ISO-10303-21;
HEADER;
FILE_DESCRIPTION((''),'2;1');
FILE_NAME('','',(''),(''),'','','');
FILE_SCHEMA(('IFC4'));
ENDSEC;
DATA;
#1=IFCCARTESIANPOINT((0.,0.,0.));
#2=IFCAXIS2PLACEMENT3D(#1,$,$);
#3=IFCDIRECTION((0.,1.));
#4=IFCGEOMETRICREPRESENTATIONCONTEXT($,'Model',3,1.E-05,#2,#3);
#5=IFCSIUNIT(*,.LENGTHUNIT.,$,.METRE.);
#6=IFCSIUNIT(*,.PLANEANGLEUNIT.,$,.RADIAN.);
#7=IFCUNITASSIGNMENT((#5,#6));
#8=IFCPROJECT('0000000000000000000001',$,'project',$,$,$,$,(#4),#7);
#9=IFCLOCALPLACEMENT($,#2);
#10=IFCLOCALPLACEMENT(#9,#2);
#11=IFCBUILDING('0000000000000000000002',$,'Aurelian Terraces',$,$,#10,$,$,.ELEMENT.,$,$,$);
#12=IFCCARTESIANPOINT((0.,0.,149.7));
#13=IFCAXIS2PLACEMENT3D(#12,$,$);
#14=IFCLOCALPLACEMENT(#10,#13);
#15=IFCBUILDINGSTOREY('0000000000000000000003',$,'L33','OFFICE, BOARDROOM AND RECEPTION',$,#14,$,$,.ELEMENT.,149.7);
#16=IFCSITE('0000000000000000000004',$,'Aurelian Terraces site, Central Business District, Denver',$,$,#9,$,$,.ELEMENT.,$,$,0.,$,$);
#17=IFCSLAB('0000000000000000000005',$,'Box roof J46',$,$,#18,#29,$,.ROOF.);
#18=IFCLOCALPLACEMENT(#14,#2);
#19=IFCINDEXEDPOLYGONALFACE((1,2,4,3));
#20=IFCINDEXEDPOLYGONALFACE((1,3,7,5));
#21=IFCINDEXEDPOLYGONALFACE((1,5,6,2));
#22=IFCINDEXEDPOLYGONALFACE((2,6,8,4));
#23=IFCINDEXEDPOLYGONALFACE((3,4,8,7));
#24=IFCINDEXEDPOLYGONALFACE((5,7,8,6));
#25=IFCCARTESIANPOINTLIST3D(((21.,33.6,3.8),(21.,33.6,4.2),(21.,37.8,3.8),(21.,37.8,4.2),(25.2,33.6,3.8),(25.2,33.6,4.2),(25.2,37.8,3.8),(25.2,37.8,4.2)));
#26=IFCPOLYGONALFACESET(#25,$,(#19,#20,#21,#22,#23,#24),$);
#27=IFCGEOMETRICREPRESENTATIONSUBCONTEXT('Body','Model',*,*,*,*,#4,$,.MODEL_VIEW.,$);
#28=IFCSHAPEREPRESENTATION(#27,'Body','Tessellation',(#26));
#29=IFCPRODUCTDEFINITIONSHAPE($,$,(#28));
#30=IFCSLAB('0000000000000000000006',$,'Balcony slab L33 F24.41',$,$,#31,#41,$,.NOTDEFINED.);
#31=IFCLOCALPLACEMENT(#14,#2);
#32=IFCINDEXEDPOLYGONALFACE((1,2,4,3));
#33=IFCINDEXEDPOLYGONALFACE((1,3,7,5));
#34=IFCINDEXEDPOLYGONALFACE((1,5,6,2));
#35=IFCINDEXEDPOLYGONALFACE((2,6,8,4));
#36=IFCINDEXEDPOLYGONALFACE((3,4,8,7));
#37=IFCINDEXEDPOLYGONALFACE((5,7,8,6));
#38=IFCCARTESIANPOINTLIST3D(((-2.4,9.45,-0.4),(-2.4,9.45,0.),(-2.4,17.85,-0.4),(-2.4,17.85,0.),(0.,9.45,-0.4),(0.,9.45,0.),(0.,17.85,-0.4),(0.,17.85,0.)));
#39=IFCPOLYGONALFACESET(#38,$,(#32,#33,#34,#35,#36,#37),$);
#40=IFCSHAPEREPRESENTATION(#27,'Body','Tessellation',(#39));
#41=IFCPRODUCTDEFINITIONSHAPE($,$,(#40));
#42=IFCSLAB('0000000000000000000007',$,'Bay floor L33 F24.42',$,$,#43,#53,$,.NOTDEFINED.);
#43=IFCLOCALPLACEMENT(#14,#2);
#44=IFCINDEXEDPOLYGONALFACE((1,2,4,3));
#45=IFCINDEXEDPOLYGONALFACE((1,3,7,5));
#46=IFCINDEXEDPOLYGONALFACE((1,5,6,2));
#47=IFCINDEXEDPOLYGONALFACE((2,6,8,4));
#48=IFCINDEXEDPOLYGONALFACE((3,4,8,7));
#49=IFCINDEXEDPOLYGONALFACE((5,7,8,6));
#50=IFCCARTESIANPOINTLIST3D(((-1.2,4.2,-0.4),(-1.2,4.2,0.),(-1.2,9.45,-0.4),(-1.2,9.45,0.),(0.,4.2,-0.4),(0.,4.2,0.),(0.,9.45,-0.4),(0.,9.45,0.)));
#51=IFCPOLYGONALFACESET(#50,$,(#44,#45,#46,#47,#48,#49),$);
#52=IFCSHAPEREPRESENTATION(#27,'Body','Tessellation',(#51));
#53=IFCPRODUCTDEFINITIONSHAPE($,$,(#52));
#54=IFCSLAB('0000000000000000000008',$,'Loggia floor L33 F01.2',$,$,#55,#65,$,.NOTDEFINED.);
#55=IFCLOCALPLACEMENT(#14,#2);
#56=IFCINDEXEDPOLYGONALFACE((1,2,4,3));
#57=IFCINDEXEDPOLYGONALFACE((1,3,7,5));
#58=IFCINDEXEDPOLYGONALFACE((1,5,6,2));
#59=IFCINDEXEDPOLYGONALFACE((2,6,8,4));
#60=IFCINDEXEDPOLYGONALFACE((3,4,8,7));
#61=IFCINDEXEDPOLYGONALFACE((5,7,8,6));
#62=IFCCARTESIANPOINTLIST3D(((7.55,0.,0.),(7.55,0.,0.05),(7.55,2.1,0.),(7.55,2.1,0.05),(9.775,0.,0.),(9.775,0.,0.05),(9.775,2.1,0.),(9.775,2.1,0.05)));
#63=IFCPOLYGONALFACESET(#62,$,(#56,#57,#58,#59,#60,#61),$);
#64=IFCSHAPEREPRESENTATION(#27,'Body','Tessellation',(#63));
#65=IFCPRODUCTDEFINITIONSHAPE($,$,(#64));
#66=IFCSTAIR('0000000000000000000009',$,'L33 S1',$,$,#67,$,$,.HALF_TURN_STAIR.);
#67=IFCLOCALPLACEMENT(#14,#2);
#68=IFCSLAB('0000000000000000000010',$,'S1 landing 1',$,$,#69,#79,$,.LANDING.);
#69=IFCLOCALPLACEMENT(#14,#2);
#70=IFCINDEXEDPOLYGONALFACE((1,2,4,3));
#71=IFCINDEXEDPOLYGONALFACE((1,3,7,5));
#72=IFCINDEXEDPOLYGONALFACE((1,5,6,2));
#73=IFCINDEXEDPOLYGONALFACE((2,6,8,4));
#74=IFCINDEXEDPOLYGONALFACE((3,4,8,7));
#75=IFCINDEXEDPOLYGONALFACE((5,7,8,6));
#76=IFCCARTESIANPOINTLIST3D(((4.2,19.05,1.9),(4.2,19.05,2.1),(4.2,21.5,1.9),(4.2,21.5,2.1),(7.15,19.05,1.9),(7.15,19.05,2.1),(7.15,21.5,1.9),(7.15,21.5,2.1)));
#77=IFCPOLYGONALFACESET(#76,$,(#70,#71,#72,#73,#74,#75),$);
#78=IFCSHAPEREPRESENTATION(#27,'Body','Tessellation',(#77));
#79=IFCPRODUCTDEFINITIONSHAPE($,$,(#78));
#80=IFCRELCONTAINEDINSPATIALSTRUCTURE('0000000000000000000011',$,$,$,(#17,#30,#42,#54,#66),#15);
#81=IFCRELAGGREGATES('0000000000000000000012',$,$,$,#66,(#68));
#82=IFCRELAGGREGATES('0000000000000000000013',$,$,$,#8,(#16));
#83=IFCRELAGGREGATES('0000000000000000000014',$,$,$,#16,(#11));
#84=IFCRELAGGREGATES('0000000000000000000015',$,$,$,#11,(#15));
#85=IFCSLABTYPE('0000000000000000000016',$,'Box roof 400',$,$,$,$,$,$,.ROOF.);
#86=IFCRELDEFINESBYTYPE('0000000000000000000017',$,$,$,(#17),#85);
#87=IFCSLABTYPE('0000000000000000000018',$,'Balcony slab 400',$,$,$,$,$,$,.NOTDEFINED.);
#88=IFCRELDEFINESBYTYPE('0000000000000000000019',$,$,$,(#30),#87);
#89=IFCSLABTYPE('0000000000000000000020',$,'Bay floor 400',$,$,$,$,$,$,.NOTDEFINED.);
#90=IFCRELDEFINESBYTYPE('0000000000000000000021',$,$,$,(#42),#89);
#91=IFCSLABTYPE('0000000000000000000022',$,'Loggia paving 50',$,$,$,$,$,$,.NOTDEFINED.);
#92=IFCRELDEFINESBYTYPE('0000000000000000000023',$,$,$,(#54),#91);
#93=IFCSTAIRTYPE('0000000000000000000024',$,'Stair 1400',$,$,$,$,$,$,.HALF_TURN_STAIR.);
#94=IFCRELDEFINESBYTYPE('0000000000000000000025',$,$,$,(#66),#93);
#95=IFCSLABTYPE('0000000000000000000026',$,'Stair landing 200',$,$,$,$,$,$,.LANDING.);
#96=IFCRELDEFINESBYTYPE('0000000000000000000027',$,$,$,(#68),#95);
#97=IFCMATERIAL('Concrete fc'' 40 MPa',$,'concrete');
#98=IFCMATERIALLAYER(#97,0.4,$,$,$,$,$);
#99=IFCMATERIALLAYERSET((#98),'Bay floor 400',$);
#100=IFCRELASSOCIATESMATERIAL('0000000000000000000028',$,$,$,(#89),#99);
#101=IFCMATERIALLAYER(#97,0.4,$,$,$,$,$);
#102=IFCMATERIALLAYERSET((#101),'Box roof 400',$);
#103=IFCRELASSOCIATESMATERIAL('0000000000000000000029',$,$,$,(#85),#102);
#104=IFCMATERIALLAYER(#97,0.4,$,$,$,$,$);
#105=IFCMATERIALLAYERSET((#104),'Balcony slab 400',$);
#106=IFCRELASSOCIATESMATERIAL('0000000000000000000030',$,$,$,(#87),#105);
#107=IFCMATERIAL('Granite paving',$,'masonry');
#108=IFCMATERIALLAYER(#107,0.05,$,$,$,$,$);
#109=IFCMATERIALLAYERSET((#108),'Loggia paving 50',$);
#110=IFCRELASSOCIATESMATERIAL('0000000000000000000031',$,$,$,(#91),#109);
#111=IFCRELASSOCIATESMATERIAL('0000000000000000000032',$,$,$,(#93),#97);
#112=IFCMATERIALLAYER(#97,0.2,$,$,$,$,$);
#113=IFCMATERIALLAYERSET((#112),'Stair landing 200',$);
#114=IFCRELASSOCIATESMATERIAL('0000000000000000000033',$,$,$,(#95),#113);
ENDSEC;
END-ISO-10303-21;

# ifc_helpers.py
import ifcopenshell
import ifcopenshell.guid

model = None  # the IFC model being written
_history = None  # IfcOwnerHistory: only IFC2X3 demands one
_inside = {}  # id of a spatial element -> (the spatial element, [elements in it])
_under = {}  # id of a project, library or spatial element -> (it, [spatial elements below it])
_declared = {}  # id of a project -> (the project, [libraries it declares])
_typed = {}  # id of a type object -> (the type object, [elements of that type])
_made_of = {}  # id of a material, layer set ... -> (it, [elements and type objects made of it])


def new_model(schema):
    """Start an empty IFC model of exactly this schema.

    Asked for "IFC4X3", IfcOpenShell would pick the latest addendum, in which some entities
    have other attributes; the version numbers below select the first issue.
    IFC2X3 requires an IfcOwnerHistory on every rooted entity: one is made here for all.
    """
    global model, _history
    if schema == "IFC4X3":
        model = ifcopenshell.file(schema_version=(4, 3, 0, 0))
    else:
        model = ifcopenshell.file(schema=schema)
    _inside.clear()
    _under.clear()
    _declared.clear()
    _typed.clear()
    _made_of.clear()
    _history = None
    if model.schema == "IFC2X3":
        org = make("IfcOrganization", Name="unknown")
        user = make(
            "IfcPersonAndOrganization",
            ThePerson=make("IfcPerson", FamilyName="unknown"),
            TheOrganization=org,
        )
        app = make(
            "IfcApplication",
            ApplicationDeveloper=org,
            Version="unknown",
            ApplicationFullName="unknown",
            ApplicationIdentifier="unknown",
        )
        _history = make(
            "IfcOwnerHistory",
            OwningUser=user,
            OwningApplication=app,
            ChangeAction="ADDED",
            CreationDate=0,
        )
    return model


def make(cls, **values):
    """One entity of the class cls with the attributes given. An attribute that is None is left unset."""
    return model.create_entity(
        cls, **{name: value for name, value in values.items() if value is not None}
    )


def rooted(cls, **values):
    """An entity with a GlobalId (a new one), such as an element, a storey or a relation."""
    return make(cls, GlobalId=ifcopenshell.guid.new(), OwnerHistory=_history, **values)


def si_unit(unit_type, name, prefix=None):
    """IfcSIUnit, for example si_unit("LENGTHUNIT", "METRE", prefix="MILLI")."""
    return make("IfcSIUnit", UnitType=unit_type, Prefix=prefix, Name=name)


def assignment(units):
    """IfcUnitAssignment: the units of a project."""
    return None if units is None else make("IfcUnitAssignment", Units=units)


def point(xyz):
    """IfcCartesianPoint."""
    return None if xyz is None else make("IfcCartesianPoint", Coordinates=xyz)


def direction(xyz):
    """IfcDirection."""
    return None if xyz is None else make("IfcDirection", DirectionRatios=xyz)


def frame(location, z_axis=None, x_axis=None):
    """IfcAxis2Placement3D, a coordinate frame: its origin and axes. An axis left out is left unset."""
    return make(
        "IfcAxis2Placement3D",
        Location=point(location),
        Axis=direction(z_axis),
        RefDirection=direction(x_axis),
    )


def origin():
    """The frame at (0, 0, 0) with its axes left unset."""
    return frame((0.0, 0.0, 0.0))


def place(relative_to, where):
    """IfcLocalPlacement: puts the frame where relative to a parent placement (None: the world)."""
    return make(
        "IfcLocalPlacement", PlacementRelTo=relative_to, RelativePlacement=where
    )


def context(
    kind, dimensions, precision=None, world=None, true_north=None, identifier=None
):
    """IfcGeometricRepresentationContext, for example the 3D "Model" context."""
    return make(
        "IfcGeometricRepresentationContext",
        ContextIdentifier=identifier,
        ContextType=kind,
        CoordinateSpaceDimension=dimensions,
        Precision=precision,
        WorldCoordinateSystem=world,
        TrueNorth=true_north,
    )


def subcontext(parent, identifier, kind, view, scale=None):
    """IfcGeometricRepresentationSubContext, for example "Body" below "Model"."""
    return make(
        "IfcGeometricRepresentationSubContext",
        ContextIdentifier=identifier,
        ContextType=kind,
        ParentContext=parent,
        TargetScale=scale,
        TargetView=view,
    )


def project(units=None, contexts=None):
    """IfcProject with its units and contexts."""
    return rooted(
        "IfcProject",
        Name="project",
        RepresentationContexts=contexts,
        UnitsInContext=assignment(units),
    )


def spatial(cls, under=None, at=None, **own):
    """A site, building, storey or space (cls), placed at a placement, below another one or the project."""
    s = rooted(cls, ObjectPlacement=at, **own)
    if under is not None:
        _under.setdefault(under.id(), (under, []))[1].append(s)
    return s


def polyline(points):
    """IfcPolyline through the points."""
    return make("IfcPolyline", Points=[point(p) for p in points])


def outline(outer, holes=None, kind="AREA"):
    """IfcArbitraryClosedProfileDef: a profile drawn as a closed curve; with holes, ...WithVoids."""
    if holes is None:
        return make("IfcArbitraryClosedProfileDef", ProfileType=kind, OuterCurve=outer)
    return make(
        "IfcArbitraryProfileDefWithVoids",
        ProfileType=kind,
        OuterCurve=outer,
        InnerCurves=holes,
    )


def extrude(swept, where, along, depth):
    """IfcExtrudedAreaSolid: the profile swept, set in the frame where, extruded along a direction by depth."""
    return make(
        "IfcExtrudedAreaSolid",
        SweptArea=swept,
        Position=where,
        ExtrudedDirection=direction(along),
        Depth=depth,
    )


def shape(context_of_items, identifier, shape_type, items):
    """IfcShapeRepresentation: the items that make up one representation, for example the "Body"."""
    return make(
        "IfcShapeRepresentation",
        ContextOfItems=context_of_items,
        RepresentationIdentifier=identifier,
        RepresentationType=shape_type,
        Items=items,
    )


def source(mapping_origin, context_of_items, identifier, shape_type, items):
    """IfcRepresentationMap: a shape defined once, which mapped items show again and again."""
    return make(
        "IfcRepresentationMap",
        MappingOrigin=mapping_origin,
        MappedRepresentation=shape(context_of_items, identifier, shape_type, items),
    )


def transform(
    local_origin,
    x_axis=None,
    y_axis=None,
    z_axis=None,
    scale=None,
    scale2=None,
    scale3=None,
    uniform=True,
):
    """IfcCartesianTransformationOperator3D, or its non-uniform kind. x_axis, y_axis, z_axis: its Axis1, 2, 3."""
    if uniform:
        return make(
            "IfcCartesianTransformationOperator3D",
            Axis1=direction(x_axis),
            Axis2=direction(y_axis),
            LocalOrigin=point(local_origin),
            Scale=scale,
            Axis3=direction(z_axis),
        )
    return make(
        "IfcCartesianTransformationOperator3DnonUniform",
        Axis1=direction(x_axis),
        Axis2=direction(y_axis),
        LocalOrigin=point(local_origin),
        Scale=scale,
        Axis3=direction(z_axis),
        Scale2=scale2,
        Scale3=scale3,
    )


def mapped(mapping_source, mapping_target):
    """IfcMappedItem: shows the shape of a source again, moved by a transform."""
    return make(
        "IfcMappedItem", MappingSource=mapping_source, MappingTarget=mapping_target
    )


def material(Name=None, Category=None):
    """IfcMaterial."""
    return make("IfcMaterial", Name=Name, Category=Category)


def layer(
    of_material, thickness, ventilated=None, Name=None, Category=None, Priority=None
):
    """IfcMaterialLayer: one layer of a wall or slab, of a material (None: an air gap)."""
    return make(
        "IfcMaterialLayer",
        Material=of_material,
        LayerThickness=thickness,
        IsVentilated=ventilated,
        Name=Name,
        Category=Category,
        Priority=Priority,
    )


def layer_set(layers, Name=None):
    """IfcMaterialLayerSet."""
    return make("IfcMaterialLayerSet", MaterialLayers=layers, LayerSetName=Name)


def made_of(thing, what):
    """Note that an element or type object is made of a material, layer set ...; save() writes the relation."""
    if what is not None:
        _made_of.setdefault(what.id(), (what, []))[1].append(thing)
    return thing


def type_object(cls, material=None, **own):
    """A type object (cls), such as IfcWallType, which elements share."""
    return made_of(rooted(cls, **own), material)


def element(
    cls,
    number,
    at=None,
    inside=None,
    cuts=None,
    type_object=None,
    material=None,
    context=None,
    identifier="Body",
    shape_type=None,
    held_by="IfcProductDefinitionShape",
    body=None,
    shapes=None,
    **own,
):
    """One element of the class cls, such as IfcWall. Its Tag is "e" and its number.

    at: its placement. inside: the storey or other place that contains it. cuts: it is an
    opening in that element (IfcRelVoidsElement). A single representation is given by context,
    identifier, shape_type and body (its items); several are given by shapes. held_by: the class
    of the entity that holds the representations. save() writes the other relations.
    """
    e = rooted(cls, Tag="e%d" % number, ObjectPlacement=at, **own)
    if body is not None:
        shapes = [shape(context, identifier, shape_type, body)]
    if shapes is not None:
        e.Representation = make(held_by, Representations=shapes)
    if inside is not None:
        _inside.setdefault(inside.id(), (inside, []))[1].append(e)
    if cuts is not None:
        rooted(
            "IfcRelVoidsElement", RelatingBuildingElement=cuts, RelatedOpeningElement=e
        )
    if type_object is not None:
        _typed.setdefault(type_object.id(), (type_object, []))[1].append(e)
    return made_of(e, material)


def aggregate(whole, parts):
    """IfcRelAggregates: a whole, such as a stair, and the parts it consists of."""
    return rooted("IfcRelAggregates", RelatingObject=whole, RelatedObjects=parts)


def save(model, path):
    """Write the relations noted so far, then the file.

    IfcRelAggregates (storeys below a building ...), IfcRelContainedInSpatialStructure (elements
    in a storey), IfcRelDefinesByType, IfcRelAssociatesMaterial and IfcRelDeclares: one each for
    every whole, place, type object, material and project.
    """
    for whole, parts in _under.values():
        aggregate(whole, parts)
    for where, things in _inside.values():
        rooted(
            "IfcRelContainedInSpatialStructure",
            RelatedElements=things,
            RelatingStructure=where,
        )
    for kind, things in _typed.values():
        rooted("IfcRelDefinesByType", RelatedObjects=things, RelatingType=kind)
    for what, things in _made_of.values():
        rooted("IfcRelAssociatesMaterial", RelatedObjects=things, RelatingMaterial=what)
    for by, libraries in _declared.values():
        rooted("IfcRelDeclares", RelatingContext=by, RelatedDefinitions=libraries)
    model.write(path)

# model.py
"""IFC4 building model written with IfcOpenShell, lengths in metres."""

from ifc_helpers import new_model, si_unit, direction, frame, origin, place, context, subcontext, project, spatial, polyline, outline, extrude, source, transform, mapped, material, layer, layer_set, type_object, element, aggregate, save


model = new_model("IFC4")

# Units and contexts
model_context = context("Model", 3, precision=1e-05, world=origin(), true_north=direction((0.0, 1.0)))
body_context = subcontext(model_context, "Body", "Model", "MODEL_VIEW")
ifc_project = project(units=[si_unit("LENGTHUNIT", "METRE"), si_unit("PLANEANGLEUNIT", "RADIAN")], contexts=[model_context])

# Site, building, storey
site_placement = place(None, origin())
site = spatial("IfcSite", under=ifc_project, at=site_placement, Name="Aurelian Terraces site, Central Business District, Denver", CompositionType="ELEMENT", RefElevation=0.0)
building_placement = place(site_placement, origin())
building = spatial("IfcBuilding", under=site, at=building_placement, Name="Aurelian Terraces", CompositionType="ELEMENT")
storey_placement = place(building_placement, frame((0.0, 0.0, 149.7)))
storey = spatial("IfcBuildingStorey", under=building, at=storey_placement, Name="L33", Description="OFFICE, BOARDROOM AND RECEPTION", CompositionType="ELEMENT", Elevation=149.7)

# Slabs
ifc_material_1 = material(Name="Concrete fc' 40 MPa", Category="concrete")
ifc_layer_1 = layer(ifc_material_1, 0.4)
ifc_layer_set_1 = layer_set([ifc_layer_1], Name="Bay floor 400")
slab_type_1 = type_object("IfcSlabType", Name="Bay floor 400", PredefinedType="NOTDEFINED", material=ifc_layer_set_1)
ifc_layer_2 = layer(ifc_material_1, 0.4)
ifc_layer_set_2 = layer_set([ifc_layer_2], Name="Box roof 400")
slab_type_2 = type_object("IfcSlabType", Name="Box roof 400", PredefinedType="ROOF", material=ifc_layer_set_2)
shared_shape_1 = source(origin(), body_context, "Body", "SweptSolid", [
    extrude(outline(polyline([(25.2, 33.6), (25.2, 37.8), (21.0, 37.8), (21.0, 33.6), (25.2, 33.6)])), origin(), (0.0, 0.0, 1.0), 0.4),
])
slab_1_placement = place(storey_placement, frame((0.0, 0.0, 3.8)))
element("IfcSlab", 1, at=slab_1_placement, inside=storey, type_object=slab_type_2, Name="Box roof J46", PredefinedType="ROOF", context=body_context, shape_type="MappedRepresentation", body=[
    mapped(shared_shape_1, transform((0.0, 0.0, 0.0), scale=1.0)),
])
ifc_layer_3 = layer(ifc_material_1, 0.4)
ifc_layer_set_3 = layer_set([ifc_layer_3], Name="Balcony slab 400")
slab_type_3 = type_object("IfcSlabType", Name="Balcony slab 400", PredefinedType="NOTDEFINED", material=ifc_layer_set_3)
shared_shape_2 = source(origin(), body_context, "Body", "SweptSolid", [
    extrude(outline(polyline([(0.0, 17.85), (0.0, 9.45), (-2.4, 9.45), (-2.4, 17.85), (0.0, 17.85)])), origin(), (0.0, 0.0, 1.0), 0.4),
])
slab_2_placement = place(storey_placement, frame((0.0, 0.0, -0.4)))
element("IfcSlab", 2, at=slab_2_placement, inside=storey, type_object=slab_type_3, Name="Balcony slab L33 F24.41", PredefinedType="NOTDEFINED", context=body_context, shape_type="MappedRepresentation", body=[
    mapped(shared_shape_2, transform((0.0, 0.0, 0.0), scale=1.0)),
])
shared_shape_3 = source(origin(), body_context, "Body", "SweptSolid", [
    extrude(outline(polyline([(0.0, 9.45), (0.0, 4.2), (-1.2, 4.2), (-1.2, 9.45), (0.0, 9.45)])), origin(), (0.0, 0.0, 1.0), 0.4),
])
slab_3_placement = place(storey_placement, frame((0.0, 0.0, -0.4)))
element("IfcSlab", 3, at=slab_3_placement, inside=storey, type_object=slab_type_1, Name="Bay floor L33 F24.42", PredefinedType="NOTDEFINED", context=body_context, shape_type="MappedRepresentation", body=[
    mapped(shared_shape_3, transform((0.0, 0.0, 0.0), scale=1.0)),
])
ifc_material_2 = material(Name="Granite paving", Category="masonry")
ifc_layer_4 = layer(ifc_material_2, 0.05)
ifc_layer_set_4 = layer_set([ifc_layer_4], Name="Loggia paving 50")
slab_type_4 = type_object("IfcSlabType", Name="Loggia paving 50", PredefinedType="NOTDEFINED", material=ifc_layer_set_4)
shared_shape_4 = source(origin(), body_context, "Body", "SweptSolid", [
    extrude(outline(polyline([(7.55, 0.0), (9.775, 0.0), (9.775, 2.1), (7.55, 2.1), (7.55, 0.0)])), origin(), (0.0, 0.0, 1.0), 0.05),
])
slab_4_placement = place(storey_placement, origin())
element("IfcSlab", 4, at=slab_4_placement, inside=storey, type_object=slab_type_4, Name="Loggia floor L33 F01.2", PredefinedType="NOTDEFINED", context=body_context, shape_type="MappedRepresentation", body=[
    mapped(shared_shape_4, transform((0.0, 0.0, 0.0), scale=1.0)),
])

# Stair, slab
stair_type = type_object("IfcStairType", Name="Stair 1400", PredefinedType="HALF_TURN_STAIR", material=ifc_material_1)
stair_placement = place(storey_placement, origin())
stair = element("IfcStair", 5, at=stair_placement, inside=storey, type_object=stair_type, Name="L33 S1", PredefinedType="HALF_TURN_STAIR")
ifc_layer_5 = layer(ifc_material_1, 0.2)
ifc_layer_set_5 = layer_set([ifc_layer_5], Name="Stair landing 200")
slab_type_5 = type_object("IfcSlabType", Name="Stair landing 200", PredefinedType="LANDING", material=ifc_layer_set_5)
shared_shape_5 = source(origin(), body_context, "Body", "SweptSolid", [
    extrude(outline(polyline([(7.15, 19.05), (7.15, 21.5), (4.2, 21.5), (4.2, 19.05), (7.15, 19.05)])), origin(), (0.0, 0.0, 1.0), 0.2),
])
slab_5_placement = place(storey_placement, frame((0.0, 0.0, 1.9)))
slab_5 = element("IfcSlab", 6, at=slab_5_placement, type_object=slab_type_5, Name="S1 landing 1", PredefinedType="LANDING", context=body_context, shape_type="MappedRepresentation", body=[
    mapped(shared_shape_5, transform((0.0, 0.0, 0.0), scale=1.0)),
])
aggregate(stair, [slab_5])

save(model, "model.ifc")
